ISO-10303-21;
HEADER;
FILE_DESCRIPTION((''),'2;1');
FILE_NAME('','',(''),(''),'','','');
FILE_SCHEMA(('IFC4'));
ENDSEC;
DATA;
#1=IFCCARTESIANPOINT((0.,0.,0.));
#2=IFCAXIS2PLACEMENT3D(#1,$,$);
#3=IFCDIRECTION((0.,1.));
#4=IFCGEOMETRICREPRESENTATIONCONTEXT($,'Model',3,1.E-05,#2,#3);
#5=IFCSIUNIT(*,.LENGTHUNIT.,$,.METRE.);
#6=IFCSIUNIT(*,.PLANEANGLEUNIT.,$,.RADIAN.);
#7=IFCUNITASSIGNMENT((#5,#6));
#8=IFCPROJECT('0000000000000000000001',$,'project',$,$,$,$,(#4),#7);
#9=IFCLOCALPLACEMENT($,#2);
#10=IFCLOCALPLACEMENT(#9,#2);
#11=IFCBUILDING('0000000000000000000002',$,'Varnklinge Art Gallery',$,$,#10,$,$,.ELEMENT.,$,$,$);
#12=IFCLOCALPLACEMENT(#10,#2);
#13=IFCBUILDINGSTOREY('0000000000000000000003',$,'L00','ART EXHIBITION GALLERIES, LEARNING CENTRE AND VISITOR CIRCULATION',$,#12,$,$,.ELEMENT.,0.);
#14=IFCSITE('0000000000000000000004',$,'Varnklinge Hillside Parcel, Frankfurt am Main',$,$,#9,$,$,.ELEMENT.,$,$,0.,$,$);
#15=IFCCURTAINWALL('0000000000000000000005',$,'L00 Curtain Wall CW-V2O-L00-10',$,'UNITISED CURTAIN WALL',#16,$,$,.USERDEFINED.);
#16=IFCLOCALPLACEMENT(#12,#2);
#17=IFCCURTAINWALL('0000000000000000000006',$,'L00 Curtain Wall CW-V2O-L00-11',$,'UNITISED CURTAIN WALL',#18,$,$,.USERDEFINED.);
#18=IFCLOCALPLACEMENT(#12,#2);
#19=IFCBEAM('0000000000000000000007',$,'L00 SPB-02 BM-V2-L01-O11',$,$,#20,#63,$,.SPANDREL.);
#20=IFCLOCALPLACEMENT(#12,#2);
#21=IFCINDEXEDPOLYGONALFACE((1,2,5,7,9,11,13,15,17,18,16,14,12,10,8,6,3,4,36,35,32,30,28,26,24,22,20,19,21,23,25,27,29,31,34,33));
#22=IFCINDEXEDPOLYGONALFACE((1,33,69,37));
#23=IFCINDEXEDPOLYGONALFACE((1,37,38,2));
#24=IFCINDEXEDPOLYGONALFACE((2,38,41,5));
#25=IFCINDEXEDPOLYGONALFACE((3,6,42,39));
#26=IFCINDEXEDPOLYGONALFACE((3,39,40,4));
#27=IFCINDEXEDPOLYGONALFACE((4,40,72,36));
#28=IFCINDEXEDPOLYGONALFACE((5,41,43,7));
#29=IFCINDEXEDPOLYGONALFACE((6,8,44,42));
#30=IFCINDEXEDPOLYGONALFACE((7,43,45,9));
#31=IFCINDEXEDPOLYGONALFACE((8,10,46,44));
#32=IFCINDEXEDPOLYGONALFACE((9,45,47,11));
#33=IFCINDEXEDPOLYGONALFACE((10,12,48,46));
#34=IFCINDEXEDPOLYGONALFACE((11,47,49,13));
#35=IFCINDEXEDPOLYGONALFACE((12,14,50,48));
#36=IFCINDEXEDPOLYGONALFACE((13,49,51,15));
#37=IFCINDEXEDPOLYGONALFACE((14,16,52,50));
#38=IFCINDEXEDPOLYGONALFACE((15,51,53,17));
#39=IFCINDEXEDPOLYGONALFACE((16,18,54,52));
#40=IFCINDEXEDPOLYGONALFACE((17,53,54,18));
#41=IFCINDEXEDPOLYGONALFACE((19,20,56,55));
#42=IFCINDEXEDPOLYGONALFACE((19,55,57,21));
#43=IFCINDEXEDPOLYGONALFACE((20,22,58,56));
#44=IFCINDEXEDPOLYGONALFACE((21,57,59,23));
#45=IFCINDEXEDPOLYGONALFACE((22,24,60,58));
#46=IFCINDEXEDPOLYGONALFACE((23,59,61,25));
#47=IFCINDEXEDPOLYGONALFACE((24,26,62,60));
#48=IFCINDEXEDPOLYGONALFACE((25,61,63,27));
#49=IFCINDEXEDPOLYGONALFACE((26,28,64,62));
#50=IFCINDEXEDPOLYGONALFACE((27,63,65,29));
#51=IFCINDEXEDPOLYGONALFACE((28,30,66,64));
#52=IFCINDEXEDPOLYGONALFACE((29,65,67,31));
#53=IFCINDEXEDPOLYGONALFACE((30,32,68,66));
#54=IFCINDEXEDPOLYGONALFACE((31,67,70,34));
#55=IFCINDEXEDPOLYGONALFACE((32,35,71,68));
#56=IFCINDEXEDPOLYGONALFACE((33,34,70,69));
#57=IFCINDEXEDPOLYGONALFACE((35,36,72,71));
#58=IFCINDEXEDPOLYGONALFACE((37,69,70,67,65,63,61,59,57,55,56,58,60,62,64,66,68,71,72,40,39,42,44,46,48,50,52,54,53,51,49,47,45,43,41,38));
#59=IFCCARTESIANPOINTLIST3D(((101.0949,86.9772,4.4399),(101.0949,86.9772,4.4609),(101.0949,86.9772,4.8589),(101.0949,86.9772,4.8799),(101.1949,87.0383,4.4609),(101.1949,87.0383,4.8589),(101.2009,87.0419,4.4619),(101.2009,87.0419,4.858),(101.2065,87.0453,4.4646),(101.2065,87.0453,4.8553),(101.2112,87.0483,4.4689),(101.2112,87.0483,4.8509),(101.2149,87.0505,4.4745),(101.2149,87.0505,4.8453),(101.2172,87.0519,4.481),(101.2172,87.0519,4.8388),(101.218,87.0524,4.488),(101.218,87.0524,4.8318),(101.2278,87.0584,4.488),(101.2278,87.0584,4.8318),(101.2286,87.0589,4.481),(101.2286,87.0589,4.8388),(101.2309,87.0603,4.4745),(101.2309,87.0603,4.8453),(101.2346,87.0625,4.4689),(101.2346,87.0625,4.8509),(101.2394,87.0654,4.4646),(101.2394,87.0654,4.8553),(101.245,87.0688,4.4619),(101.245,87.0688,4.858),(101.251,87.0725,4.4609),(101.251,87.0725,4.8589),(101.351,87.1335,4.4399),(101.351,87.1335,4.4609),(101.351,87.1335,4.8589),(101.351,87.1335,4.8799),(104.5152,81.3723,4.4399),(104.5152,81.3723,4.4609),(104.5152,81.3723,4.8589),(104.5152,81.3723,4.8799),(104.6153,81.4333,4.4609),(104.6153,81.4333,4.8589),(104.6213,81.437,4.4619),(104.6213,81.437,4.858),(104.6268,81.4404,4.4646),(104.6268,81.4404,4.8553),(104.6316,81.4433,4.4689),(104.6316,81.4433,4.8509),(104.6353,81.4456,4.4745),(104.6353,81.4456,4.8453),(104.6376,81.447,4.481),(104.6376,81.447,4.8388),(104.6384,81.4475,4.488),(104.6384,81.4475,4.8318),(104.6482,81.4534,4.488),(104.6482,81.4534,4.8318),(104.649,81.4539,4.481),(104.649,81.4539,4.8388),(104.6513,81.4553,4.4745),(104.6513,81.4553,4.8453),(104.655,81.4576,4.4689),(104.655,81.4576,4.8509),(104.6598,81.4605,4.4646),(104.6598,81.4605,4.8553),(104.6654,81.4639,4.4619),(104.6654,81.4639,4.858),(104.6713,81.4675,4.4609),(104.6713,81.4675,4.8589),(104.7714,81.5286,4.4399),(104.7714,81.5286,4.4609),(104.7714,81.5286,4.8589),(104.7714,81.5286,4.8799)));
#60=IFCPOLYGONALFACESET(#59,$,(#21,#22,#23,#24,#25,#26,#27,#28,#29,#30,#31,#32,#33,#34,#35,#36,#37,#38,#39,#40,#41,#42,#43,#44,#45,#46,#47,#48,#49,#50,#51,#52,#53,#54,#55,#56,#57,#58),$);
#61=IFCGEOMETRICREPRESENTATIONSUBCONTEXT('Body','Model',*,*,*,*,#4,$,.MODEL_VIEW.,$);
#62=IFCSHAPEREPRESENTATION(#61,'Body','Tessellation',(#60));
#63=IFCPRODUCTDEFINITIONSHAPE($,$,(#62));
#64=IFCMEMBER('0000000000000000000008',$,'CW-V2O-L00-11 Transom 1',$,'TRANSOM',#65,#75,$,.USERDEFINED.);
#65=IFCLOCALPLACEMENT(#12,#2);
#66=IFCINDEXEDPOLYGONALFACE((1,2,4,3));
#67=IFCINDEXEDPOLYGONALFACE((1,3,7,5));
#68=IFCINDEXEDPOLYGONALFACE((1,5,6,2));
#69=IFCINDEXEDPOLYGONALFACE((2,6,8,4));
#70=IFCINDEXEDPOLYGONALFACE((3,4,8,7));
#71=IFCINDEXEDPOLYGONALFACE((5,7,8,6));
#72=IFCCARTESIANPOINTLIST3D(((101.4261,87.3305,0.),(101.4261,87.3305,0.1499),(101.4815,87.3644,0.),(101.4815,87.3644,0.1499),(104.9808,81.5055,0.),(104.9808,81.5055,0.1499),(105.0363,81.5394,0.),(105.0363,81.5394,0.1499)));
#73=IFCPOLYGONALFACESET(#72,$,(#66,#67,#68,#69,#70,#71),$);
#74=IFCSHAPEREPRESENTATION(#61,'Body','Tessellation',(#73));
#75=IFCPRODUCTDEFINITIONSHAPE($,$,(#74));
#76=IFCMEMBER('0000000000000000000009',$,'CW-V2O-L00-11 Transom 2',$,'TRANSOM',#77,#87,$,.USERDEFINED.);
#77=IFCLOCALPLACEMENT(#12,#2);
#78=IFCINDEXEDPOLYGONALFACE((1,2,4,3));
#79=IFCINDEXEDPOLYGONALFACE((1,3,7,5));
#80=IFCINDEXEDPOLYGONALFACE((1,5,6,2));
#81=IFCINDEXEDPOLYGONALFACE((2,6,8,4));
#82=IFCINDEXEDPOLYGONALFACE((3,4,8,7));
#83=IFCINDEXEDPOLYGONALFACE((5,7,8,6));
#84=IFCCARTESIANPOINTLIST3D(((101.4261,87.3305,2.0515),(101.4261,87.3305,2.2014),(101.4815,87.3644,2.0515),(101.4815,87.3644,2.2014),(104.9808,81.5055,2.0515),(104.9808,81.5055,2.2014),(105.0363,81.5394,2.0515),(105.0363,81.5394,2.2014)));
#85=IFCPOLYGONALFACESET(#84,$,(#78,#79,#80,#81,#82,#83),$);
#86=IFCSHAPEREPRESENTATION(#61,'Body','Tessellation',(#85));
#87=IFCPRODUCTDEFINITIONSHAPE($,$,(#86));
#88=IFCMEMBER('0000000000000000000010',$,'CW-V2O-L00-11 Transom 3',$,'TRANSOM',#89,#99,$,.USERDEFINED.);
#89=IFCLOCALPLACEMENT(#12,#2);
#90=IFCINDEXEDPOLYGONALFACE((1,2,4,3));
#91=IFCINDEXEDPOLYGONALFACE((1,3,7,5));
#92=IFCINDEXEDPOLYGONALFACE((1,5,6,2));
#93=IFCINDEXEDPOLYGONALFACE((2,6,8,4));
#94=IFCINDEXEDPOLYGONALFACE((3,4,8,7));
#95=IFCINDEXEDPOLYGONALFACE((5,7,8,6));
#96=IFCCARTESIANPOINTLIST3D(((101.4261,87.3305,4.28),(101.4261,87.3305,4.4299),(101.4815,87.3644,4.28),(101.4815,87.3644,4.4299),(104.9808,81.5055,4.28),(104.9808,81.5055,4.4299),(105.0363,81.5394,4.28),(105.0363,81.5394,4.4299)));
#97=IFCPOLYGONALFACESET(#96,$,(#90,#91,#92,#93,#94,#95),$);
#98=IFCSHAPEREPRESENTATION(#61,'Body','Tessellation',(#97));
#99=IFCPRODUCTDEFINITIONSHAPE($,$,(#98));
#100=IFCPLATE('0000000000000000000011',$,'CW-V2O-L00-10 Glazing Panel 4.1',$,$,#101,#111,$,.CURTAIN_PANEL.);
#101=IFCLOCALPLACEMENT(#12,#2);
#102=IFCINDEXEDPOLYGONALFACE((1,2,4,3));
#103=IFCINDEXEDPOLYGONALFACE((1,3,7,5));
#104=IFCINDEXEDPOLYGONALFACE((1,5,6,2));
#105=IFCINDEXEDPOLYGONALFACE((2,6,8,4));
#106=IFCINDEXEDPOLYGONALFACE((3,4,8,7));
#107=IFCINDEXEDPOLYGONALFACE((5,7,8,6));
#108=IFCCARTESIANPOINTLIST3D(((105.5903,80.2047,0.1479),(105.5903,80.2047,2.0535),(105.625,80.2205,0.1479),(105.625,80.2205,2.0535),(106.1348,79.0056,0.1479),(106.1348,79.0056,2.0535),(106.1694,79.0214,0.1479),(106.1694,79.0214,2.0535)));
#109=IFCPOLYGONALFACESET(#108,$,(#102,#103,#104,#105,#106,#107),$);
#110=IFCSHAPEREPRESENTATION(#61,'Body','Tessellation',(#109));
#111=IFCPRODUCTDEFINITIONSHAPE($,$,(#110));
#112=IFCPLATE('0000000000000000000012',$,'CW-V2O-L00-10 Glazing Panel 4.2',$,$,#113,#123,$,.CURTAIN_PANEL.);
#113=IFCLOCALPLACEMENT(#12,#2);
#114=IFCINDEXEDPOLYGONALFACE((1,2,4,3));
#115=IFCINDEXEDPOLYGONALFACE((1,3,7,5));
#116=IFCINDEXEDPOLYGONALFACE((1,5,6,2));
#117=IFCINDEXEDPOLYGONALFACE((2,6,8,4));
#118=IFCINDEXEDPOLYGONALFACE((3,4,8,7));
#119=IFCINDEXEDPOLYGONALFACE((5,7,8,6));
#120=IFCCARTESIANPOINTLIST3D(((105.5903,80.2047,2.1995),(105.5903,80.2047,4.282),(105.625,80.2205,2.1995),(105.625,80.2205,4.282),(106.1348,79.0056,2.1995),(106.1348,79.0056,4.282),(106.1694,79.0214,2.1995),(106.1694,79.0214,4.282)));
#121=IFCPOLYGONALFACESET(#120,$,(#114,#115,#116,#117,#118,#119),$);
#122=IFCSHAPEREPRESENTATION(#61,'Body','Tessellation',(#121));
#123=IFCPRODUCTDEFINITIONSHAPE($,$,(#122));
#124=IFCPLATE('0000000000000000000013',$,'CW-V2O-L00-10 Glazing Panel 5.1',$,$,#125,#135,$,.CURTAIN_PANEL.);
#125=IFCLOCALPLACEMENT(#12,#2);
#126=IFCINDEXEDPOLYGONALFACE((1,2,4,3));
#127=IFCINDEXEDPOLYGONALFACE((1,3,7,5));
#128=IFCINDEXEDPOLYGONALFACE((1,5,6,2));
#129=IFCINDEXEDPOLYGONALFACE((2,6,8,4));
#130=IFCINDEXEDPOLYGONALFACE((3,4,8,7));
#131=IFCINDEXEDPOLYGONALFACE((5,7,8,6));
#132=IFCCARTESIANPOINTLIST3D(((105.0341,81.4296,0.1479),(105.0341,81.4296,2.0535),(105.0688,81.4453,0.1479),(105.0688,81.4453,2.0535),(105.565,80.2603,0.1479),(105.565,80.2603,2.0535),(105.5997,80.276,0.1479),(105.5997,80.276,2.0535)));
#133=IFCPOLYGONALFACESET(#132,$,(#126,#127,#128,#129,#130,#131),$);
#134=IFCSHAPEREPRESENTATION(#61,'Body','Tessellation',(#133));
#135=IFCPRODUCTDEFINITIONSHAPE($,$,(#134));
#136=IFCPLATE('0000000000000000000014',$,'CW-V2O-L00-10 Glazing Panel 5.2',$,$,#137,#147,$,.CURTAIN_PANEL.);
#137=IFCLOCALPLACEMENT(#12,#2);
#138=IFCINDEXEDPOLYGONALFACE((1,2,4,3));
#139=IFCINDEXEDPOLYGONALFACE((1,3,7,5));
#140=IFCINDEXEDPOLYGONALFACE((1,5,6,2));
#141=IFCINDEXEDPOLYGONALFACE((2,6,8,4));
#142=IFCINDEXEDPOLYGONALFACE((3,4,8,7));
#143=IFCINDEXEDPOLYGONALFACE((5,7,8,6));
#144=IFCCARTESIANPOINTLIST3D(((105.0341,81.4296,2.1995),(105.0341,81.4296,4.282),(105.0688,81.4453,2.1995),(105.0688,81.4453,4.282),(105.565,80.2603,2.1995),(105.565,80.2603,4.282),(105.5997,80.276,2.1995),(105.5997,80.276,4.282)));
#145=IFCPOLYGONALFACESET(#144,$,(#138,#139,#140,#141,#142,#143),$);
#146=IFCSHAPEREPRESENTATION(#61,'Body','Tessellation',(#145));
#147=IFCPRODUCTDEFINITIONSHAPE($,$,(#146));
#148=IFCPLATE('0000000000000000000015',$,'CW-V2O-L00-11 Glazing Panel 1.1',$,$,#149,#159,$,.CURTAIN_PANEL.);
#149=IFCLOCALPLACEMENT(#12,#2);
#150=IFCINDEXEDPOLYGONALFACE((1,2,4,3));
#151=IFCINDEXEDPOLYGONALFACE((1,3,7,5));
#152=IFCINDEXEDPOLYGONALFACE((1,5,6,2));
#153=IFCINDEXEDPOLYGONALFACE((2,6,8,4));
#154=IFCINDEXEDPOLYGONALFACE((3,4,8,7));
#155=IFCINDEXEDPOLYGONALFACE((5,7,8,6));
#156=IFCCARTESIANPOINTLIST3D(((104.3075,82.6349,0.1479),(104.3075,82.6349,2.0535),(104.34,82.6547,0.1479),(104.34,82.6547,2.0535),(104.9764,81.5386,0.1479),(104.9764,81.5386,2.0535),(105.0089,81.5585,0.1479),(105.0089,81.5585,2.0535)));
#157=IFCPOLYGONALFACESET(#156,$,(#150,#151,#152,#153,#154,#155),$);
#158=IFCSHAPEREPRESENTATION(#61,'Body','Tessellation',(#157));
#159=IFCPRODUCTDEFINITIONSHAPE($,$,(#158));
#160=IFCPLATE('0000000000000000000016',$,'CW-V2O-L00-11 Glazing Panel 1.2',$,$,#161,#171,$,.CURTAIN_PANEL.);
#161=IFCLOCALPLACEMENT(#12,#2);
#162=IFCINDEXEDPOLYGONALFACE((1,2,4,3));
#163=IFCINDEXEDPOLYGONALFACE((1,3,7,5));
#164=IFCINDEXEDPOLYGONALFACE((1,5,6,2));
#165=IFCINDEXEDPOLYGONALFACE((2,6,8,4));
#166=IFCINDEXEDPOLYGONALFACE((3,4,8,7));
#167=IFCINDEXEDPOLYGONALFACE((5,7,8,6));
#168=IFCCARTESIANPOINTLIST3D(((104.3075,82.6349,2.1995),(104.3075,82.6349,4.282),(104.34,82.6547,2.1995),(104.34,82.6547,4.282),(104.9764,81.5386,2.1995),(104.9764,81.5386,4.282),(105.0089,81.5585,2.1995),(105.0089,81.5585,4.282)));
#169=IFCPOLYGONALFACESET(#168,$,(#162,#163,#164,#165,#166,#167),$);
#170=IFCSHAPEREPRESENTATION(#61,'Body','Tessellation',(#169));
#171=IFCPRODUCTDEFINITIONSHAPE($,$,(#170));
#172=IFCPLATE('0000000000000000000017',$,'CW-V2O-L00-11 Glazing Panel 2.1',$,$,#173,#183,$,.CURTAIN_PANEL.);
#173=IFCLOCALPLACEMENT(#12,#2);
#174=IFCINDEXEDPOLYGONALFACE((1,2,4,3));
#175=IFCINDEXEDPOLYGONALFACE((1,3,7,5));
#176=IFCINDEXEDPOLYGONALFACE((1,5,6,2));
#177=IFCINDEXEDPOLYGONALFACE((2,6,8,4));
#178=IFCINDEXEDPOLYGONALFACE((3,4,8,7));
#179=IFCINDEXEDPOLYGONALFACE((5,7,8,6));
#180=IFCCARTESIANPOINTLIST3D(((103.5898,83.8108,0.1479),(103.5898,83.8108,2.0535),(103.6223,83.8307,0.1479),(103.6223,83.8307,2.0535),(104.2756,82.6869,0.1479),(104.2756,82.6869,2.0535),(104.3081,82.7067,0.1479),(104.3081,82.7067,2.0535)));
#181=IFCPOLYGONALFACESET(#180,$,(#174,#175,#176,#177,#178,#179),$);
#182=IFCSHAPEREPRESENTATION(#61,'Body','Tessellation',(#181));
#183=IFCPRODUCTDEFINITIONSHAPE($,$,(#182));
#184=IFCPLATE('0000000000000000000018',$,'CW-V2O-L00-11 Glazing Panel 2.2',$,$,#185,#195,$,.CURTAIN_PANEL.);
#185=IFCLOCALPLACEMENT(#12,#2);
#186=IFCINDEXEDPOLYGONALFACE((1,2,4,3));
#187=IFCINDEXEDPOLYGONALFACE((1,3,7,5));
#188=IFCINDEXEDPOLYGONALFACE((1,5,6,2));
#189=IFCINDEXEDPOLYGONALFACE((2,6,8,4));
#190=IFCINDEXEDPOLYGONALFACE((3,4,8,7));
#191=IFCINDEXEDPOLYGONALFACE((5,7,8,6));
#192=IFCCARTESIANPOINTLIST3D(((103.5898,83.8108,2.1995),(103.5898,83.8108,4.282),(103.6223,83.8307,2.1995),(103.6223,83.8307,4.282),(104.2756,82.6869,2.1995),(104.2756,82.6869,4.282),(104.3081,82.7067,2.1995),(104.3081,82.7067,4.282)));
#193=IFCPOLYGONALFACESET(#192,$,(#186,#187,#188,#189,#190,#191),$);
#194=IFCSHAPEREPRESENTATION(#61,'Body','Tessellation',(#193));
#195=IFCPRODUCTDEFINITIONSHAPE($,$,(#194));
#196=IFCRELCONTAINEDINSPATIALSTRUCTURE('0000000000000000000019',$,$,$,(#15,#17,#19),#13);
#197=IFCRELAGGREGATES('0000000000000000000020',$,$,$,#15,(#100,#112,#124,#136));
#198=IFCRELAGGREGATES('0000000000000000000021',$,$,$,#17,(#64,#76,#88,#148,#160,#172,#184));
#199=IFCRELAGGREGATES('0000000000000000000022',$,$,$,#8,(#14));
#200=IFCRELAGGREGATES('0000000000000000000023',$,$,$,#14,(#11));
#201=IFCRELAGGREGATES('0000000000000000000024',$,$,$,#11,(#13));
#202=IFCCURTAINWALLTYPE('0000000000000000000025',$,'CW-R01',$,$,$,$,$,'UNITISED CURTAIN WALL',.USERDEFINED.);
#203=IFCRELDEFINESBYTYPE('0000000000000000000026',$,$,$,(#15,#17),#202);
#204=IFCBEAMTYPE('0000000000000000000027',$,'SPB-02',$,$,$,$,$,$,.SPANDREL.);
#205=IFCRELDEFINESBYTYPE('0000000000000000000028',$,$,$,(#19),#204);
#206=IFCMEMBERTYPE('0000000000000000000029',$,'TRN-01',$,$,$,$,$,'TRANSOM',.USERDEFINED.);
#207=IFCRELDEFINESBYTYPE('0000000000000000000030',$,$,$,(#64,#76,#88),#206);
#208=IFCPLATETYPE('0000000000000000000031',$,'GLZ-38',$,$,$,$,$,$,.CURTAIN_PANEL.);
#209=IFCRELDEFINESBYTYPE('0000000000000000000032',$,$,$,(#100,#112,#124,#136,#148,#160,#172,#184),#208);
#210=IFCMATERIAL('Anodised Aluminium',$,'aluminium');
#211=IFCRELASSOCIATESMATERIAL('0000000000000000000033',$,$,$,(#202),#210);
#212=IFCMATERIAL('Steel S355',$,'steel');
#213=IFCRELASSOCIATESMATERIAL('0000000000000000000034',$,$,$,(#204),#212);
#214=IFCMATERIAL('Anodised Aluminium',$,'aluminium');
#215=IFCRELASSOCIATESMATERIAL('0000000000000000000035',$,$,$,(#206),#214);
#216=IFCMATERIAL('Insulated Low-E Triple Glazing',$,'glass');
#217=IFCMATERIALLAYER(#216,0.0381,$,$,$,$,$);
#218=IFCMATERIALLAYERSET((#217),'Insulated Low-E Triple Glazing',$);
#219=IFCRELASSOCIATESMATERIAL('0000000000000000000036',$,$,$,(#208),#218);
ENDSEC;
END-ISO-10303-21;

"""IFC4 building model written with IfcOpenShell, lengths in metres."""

from ifc_helpers import new_model, si_unit, direction, frame, origin, origin_2d, place, context, subcontext, project, spatial, rectangle, i_section, extrude, material, layer, layer_set, material_profile, profile_set, type_object, element, aggregate, save


model = new_model("IFC4")

# Units and contexts
model_context = context("Model", 3, precision=1e-05, world=origin(), true_north=direction((0.0, 1.0)))
body_context = subcontext(model_context, "Body", "Model", "MODEL_VIEW")
ifc_project = project(units=[si_unit("LENGTHUNIT", "METRE"), si_unit("PLANEANGLEUNIT", "RADIAN")], contexts=[model_context])

# Site, building, storey
site_placement = place(None, origin())
site = spatial("IfcSite", under=ifc_project, at=site_placement, Name="Varnklinge Hillside Parcel, Frankfurt am Main", CompositionType="ELEMENT", RefElevation=0.0)
building_placement = place(site_placement, origin())
building = spatial("IfcBuilding", under=site, at=building_placement, Name="Varnklinge Art Gallery", CompositionType="ELEMENT")
storey_placement = place(building_placement, origin())
storey = spatial("IfcBuildingStorey", under=building, at=storey_placement, Name="L00", Description="ART EXHIBITION GALLERIES, LEARNING CENTRE AND VISITOR CIRCULATION", CompositionType="ELEMENT", Elevation=0.0)

# Curtain walls
ifc_material_1 = material(Name="Anodised Aluminium", Category="aluminium")
curtain_wall_type = type_object("IfcCurtainWallType", Name="CW-R01", ElementType="UNITISED CURTAIN WALL", PredefinedType="USERDEFINED", material=ifc_material_1)
curtain_wall_1_placement = place(storey_placement, origin())
curtain_wall_1 = element("IfcCurtainWall", 1, at=curtain_wall_1_placement, inside=storey, type_object=curtain_wall_type, Name="L00 Curtain Wall CW-V2O-L00-10", ObjectType="UNITISED CURTAIN WALL", PredefinedType="USERDEFINED")
curtain_wall_2_placement = place(storey_placement, origin())
curtain_wall_2 = element("IfcCurtainWall", 2, at=curtain_wall_2_placement, inside=storey, type_object=curtain_wall_type, Name="L00 Curtain Wall CW-V2O-L00-11", ObjectType="UNITISED CURTAIN WALL", PredefinedType="USERDEFINED")

# Beam
ifc_material_2 = material(Name="Steel S355", Category="steel")
ifc_material_profile_1 = material_profile(ifc_material_2, i_section(OverallWidth=0.3, OverallDepth=0.4399, WebThickness=0.0115, FlangeThickness=0.021, FilletRadius=0.0271, at=origin_2d()), Name="HEA 450")
ifc_profile_set_1 = profile_set([ifc_material_profile_1], Name="Steel S355")
beam_type_1 = type_object("IfcBeamType", Name="SPB-02", PredefinedType="SPANDREL", material=ifc_profile_set_1)
beam_1_placement = place(storey_placement, frame((104.6433, 81.4504, 4.6599), z_axis=(-0.520911, 0.853611, 0.0), x_axis=(-0.853611, -0.520911, 0.0)))
element("IfcBeam", 3, at=beam_1_placement, inside=storey, type_object=beam_type_1, Name="L00 SPB-02 BM-V2-L01-O11", PredefinedType="SPANDREL", context=body_context, shape_type="SweptSolid", body=[
    extrude(i_section(OverallWidth=0.3, OverallDepth=0.4399, WebThickness=0.0115, FlangeThickness=0.021, FilletRadius=0.0271, at=origin_2d()), origin(), (0.0, 0.0, 1.0), 6.5662),
])

# Members
ifc_material_3 = material(Name="Anodised Aluminium", Category="aluminium")
ifc_material_profile_2 = material_profile(ifc_material_3, rectangle(XDim=0.0649, YDim=0.1499, at=origin_2d()), Name="ALU 65x150")
ifc_profile_set_2 = profile_set([ifc_material_profile_2], Name="Anodised Aluminium")
member_type_1 = type_object("IfcMemberType", Name="TRN-01", ElementType="TRANSOM", PredefinedType="USERDEFINED", material=ifc_profile_set_2)
member_1_placement = place(storey_placement, frame((105.0085, 81.5225, 0.075), z_axis=(-0.520916, 0.853608, 0.0), x_axis=(-0.853608, -0.520916, 0.0)))
member_1 = element("IfcMember", 4, at=member_1_placement, type_object=member_type_1, Name="CW-V2O-L00-11 Transom 1", ObjectType="TRANSOM", PredefinedType="USERDEFINED", context=body_context, shape_type="SweptSolid", body=[
    extrude(rectangle(XDim=0.0649, YDim=0.1499, at=origin_2d()), origin(), (0.0, 0.0, 1.0), 6.824),
])
member_2_placement = place(storey_placement, frame((105.0085, 81.5225, 2.1265), z_axis=(-0.520916, 0.853608, 0.0), x_axis=(-0.853608, -0.520916, 0.0)))
member_2 = element("IfcMember", 5, at=member_2_placement, type_object=member_type_1, Name="CW-V2O-L00-11 Transom 2", ObjectType="TRANSOM", PredefinedType="USERDEFINED", context=body_context, shape_type="SweptSolid", body=[
    extrude(rectangle(XDim=0.0649, YDim=0.1499, at=origin_2d()), origin(), (0.0, 0.0, 1.0), 6.824),
])
member_3_placement = place(storey_placement, frame((105.0085, 81.5225, 4.355), z_axis=(-0.520916, 0.853608, 0.0), x_axis=(-0.853608, -0.520916, 0.0)))
member_3 = element("IfcMember", 6, at=member_3_placement, type_object=member_type_1, Name="CW-V2O-L00-11 Transom 3", ObjectType="TRANSOM", PredefinedType="USERDEFINED", context=body_context, shape_type="SweptSolid", body=[
    extrude(rectangle(XDim=0.0649, YDim=0.1499, at=origin_2d()), origin(), (0.0, 0.0, 1.0), 6.824),
])

# Plates
ifc_material_4 = material(Name="Insulated Low-E Triple Glazing", Category="glass")
ifc_layer = layer(ifc_material_4, 0.0381)
ifc_layer_set = layer_set([ifc_layer], Name="Insulated Low-E Triple Glazing")
plate_type = type_object("IfcPlateType", Name="GLZ-38", PredefinedType="CURTAIN_PANEL", material=ifc_layer_set)
plate_1_placement = place(storey_placement, frame((105.8799, 79.613, 0.1479), z_axis=(0.0, 0.0, 1.0), x_axis=(-0.413422, 0.910539, 0.0)))
plate_1 = element("IfcPlate", 7, at=plate_1_placement, type_object=plate_type, Name="CW-V2O-L00-10 Glazing Panel 4.1", PredefinedType="CURTAIN_PANEL", context=body_context, shape_type="SweptSolid", body=[
    extrude(rectangle(XDim=1.3169, YDim=0.0381, at=origin_2d()), origin(), (0.0, 0.0, 1.0), 1.9055),
])
plate_2_placement = place(storey_placement, frame((105.8799, 79.613, 2.1995), z_axis=(0.0, 0.0, 1.0), x_axis=(-0.413422, 0.910539, 0.0)))
plate_2 = element("IfcPlate", 8, at=plate_2_placement, type_object=plate_type, Name="CW-V2O-L00-10 Glazing Panel 4.2", PredefinedType="CURTAIN_PANEL", context=body_context, shape_type="SweptSolid", body=[
    extrude(rectangle(XDim=1.3169, YDim=0.0381, at=origin_2d()), origin(), (0.0, 0.0, 1.0), 2.0825),
])
plate_3_placement = place(storey_placement, frame((105.3169, 80.8528, 0.1479), z_axis=(0.0, 0.0, 1.0), x_axis=(-0.413422, 0.910539, 0.0)))
plate_3 = element("IfcPlate", 9, at=plate_3_placement, type_object=plate_type, Name="CW-V2O-L00-10 Glazing Panel 5.1", PredefinedType="CURTAIN_PANEL", context=body_context, shape_type="SweptSolid", body=[
    extrude(rectangle(XDim=1.2842, YDim=0.0381, at=origin_2d()), origin(), (0.0, 0.0, 1.0), 1.9055),
])
plate_4_placement = place(storey_placement, frame((105.3169, 80.8528, 2.1995), z_axis=(0.0, 0.0, 1.0), x_axis=(-0.413422, 0.910539, 0.0)))
plate_4 = element("IfcPlate", 10, at=plate_4_placement, type_object=plate_type, Name="CW-V2O-L00-10 Glazing Panel 5.2", PredefinedType="CURTAIN_PANEL", context=body_context, shape_type="SweptSolid", body=[
    extrude(rectangle(XDim=1.2842, YDim=0.0381, at=origin_2d()), origin(), (0.0, 0.0, 1.0), 2.0825),
])
aggregate(curtain_wall_1, [plate_1, plate_2, plate_3, plate_4])
plate_5_placement = place(storey_placement, frame((104.6582, 82.0967, 0.1479), z_axis=(0.0, 0.0, 1.0), x_axis=(-0.520861, 0.853642, 0.0)))
plate_5 = element("IfcPlate", 11, at=plate_5_placement, type_object=plate_type, Name="CW-V2O-L00-11 Glazing Panel 1.1", PredefinedType="CURTAIN_PANEL", context=body_context, shape_type="SweptSolid", body=[
    extrude(rectangle(XDim=1.2842, YDim=0.0381, at=origin_2d()), origin(), (0.0, 0.0, 1.0), 1.9055),
])
plate_6_placement = place(storey_placement, frame((104.6582, 82.0967, 2.1995), z_axis=(0.0, 0.0, 1.0), x_axis=(-0.520861, 0.853642, 0.0)))
plate_6 = element("IfcPlate", 12, at=plate_6_placement, type_object=plate_type, Name="CW-V2O-L00-11 Glazing Panel 1.2", PredefinedType="CURTAIN_PANEL", context=body_context, shape_type="SweptSolid", body=[
    extrude(rectangle(XDim=1.2842, YDim=0.0381, at=origin_2d()), origin(), (0.0, 0.0, 1.0), 2.0825),
])
plate_7_placement = place(storey_placement, frame((103.949, 83.2588, 0.1479), z_axis=(0.0, 0.0, 1.0), x_axis=(-0.520861, 0.853642, 0.0)))
plate_7 = element("IfcPlate", 13, at=plate_7_placement, type_object=plate_type, Name="CW-V2O-L00-11 Glazing Panel 2.1", PredefinedType="CURTAIN_PANEL", context=body_context, shape_type="SweptSolid", body=[
    extrude(rectangle(XDim=1.3167, YDim=0.0381, at=origin_2d()), origin(), (0.0, 0.0, 1.0), 1.9055),
])
plate_8_placement = place(storey_placement, frame((103.949, 83.2588, 2.1995), z_axis=(0.0, 0.0, 1.0), x_axis=(-0.520861, 0.853642, 0.0)))
plate_8 = element("IfcPlate", 14, at=plate_8_placement, type_object=plate_type, Name="CW-V2O-L00-11 Glazing Panel 2.2", PredefinedType="CURTAIN_PANEL", context=body_context, shape_type="SweptSolid", body=[
    extrude(rectangle(XDim=1.3167, YDim=0.0381, at=origin_2d()), origin(), (0.0, 0.0, 1.0), 2.0825),
])
aggregate(curtain_wall_2, [member_1, member_2, member_3, plate_5, plate_6, plate_7, plate_8])

save(model, "model.ifc")
